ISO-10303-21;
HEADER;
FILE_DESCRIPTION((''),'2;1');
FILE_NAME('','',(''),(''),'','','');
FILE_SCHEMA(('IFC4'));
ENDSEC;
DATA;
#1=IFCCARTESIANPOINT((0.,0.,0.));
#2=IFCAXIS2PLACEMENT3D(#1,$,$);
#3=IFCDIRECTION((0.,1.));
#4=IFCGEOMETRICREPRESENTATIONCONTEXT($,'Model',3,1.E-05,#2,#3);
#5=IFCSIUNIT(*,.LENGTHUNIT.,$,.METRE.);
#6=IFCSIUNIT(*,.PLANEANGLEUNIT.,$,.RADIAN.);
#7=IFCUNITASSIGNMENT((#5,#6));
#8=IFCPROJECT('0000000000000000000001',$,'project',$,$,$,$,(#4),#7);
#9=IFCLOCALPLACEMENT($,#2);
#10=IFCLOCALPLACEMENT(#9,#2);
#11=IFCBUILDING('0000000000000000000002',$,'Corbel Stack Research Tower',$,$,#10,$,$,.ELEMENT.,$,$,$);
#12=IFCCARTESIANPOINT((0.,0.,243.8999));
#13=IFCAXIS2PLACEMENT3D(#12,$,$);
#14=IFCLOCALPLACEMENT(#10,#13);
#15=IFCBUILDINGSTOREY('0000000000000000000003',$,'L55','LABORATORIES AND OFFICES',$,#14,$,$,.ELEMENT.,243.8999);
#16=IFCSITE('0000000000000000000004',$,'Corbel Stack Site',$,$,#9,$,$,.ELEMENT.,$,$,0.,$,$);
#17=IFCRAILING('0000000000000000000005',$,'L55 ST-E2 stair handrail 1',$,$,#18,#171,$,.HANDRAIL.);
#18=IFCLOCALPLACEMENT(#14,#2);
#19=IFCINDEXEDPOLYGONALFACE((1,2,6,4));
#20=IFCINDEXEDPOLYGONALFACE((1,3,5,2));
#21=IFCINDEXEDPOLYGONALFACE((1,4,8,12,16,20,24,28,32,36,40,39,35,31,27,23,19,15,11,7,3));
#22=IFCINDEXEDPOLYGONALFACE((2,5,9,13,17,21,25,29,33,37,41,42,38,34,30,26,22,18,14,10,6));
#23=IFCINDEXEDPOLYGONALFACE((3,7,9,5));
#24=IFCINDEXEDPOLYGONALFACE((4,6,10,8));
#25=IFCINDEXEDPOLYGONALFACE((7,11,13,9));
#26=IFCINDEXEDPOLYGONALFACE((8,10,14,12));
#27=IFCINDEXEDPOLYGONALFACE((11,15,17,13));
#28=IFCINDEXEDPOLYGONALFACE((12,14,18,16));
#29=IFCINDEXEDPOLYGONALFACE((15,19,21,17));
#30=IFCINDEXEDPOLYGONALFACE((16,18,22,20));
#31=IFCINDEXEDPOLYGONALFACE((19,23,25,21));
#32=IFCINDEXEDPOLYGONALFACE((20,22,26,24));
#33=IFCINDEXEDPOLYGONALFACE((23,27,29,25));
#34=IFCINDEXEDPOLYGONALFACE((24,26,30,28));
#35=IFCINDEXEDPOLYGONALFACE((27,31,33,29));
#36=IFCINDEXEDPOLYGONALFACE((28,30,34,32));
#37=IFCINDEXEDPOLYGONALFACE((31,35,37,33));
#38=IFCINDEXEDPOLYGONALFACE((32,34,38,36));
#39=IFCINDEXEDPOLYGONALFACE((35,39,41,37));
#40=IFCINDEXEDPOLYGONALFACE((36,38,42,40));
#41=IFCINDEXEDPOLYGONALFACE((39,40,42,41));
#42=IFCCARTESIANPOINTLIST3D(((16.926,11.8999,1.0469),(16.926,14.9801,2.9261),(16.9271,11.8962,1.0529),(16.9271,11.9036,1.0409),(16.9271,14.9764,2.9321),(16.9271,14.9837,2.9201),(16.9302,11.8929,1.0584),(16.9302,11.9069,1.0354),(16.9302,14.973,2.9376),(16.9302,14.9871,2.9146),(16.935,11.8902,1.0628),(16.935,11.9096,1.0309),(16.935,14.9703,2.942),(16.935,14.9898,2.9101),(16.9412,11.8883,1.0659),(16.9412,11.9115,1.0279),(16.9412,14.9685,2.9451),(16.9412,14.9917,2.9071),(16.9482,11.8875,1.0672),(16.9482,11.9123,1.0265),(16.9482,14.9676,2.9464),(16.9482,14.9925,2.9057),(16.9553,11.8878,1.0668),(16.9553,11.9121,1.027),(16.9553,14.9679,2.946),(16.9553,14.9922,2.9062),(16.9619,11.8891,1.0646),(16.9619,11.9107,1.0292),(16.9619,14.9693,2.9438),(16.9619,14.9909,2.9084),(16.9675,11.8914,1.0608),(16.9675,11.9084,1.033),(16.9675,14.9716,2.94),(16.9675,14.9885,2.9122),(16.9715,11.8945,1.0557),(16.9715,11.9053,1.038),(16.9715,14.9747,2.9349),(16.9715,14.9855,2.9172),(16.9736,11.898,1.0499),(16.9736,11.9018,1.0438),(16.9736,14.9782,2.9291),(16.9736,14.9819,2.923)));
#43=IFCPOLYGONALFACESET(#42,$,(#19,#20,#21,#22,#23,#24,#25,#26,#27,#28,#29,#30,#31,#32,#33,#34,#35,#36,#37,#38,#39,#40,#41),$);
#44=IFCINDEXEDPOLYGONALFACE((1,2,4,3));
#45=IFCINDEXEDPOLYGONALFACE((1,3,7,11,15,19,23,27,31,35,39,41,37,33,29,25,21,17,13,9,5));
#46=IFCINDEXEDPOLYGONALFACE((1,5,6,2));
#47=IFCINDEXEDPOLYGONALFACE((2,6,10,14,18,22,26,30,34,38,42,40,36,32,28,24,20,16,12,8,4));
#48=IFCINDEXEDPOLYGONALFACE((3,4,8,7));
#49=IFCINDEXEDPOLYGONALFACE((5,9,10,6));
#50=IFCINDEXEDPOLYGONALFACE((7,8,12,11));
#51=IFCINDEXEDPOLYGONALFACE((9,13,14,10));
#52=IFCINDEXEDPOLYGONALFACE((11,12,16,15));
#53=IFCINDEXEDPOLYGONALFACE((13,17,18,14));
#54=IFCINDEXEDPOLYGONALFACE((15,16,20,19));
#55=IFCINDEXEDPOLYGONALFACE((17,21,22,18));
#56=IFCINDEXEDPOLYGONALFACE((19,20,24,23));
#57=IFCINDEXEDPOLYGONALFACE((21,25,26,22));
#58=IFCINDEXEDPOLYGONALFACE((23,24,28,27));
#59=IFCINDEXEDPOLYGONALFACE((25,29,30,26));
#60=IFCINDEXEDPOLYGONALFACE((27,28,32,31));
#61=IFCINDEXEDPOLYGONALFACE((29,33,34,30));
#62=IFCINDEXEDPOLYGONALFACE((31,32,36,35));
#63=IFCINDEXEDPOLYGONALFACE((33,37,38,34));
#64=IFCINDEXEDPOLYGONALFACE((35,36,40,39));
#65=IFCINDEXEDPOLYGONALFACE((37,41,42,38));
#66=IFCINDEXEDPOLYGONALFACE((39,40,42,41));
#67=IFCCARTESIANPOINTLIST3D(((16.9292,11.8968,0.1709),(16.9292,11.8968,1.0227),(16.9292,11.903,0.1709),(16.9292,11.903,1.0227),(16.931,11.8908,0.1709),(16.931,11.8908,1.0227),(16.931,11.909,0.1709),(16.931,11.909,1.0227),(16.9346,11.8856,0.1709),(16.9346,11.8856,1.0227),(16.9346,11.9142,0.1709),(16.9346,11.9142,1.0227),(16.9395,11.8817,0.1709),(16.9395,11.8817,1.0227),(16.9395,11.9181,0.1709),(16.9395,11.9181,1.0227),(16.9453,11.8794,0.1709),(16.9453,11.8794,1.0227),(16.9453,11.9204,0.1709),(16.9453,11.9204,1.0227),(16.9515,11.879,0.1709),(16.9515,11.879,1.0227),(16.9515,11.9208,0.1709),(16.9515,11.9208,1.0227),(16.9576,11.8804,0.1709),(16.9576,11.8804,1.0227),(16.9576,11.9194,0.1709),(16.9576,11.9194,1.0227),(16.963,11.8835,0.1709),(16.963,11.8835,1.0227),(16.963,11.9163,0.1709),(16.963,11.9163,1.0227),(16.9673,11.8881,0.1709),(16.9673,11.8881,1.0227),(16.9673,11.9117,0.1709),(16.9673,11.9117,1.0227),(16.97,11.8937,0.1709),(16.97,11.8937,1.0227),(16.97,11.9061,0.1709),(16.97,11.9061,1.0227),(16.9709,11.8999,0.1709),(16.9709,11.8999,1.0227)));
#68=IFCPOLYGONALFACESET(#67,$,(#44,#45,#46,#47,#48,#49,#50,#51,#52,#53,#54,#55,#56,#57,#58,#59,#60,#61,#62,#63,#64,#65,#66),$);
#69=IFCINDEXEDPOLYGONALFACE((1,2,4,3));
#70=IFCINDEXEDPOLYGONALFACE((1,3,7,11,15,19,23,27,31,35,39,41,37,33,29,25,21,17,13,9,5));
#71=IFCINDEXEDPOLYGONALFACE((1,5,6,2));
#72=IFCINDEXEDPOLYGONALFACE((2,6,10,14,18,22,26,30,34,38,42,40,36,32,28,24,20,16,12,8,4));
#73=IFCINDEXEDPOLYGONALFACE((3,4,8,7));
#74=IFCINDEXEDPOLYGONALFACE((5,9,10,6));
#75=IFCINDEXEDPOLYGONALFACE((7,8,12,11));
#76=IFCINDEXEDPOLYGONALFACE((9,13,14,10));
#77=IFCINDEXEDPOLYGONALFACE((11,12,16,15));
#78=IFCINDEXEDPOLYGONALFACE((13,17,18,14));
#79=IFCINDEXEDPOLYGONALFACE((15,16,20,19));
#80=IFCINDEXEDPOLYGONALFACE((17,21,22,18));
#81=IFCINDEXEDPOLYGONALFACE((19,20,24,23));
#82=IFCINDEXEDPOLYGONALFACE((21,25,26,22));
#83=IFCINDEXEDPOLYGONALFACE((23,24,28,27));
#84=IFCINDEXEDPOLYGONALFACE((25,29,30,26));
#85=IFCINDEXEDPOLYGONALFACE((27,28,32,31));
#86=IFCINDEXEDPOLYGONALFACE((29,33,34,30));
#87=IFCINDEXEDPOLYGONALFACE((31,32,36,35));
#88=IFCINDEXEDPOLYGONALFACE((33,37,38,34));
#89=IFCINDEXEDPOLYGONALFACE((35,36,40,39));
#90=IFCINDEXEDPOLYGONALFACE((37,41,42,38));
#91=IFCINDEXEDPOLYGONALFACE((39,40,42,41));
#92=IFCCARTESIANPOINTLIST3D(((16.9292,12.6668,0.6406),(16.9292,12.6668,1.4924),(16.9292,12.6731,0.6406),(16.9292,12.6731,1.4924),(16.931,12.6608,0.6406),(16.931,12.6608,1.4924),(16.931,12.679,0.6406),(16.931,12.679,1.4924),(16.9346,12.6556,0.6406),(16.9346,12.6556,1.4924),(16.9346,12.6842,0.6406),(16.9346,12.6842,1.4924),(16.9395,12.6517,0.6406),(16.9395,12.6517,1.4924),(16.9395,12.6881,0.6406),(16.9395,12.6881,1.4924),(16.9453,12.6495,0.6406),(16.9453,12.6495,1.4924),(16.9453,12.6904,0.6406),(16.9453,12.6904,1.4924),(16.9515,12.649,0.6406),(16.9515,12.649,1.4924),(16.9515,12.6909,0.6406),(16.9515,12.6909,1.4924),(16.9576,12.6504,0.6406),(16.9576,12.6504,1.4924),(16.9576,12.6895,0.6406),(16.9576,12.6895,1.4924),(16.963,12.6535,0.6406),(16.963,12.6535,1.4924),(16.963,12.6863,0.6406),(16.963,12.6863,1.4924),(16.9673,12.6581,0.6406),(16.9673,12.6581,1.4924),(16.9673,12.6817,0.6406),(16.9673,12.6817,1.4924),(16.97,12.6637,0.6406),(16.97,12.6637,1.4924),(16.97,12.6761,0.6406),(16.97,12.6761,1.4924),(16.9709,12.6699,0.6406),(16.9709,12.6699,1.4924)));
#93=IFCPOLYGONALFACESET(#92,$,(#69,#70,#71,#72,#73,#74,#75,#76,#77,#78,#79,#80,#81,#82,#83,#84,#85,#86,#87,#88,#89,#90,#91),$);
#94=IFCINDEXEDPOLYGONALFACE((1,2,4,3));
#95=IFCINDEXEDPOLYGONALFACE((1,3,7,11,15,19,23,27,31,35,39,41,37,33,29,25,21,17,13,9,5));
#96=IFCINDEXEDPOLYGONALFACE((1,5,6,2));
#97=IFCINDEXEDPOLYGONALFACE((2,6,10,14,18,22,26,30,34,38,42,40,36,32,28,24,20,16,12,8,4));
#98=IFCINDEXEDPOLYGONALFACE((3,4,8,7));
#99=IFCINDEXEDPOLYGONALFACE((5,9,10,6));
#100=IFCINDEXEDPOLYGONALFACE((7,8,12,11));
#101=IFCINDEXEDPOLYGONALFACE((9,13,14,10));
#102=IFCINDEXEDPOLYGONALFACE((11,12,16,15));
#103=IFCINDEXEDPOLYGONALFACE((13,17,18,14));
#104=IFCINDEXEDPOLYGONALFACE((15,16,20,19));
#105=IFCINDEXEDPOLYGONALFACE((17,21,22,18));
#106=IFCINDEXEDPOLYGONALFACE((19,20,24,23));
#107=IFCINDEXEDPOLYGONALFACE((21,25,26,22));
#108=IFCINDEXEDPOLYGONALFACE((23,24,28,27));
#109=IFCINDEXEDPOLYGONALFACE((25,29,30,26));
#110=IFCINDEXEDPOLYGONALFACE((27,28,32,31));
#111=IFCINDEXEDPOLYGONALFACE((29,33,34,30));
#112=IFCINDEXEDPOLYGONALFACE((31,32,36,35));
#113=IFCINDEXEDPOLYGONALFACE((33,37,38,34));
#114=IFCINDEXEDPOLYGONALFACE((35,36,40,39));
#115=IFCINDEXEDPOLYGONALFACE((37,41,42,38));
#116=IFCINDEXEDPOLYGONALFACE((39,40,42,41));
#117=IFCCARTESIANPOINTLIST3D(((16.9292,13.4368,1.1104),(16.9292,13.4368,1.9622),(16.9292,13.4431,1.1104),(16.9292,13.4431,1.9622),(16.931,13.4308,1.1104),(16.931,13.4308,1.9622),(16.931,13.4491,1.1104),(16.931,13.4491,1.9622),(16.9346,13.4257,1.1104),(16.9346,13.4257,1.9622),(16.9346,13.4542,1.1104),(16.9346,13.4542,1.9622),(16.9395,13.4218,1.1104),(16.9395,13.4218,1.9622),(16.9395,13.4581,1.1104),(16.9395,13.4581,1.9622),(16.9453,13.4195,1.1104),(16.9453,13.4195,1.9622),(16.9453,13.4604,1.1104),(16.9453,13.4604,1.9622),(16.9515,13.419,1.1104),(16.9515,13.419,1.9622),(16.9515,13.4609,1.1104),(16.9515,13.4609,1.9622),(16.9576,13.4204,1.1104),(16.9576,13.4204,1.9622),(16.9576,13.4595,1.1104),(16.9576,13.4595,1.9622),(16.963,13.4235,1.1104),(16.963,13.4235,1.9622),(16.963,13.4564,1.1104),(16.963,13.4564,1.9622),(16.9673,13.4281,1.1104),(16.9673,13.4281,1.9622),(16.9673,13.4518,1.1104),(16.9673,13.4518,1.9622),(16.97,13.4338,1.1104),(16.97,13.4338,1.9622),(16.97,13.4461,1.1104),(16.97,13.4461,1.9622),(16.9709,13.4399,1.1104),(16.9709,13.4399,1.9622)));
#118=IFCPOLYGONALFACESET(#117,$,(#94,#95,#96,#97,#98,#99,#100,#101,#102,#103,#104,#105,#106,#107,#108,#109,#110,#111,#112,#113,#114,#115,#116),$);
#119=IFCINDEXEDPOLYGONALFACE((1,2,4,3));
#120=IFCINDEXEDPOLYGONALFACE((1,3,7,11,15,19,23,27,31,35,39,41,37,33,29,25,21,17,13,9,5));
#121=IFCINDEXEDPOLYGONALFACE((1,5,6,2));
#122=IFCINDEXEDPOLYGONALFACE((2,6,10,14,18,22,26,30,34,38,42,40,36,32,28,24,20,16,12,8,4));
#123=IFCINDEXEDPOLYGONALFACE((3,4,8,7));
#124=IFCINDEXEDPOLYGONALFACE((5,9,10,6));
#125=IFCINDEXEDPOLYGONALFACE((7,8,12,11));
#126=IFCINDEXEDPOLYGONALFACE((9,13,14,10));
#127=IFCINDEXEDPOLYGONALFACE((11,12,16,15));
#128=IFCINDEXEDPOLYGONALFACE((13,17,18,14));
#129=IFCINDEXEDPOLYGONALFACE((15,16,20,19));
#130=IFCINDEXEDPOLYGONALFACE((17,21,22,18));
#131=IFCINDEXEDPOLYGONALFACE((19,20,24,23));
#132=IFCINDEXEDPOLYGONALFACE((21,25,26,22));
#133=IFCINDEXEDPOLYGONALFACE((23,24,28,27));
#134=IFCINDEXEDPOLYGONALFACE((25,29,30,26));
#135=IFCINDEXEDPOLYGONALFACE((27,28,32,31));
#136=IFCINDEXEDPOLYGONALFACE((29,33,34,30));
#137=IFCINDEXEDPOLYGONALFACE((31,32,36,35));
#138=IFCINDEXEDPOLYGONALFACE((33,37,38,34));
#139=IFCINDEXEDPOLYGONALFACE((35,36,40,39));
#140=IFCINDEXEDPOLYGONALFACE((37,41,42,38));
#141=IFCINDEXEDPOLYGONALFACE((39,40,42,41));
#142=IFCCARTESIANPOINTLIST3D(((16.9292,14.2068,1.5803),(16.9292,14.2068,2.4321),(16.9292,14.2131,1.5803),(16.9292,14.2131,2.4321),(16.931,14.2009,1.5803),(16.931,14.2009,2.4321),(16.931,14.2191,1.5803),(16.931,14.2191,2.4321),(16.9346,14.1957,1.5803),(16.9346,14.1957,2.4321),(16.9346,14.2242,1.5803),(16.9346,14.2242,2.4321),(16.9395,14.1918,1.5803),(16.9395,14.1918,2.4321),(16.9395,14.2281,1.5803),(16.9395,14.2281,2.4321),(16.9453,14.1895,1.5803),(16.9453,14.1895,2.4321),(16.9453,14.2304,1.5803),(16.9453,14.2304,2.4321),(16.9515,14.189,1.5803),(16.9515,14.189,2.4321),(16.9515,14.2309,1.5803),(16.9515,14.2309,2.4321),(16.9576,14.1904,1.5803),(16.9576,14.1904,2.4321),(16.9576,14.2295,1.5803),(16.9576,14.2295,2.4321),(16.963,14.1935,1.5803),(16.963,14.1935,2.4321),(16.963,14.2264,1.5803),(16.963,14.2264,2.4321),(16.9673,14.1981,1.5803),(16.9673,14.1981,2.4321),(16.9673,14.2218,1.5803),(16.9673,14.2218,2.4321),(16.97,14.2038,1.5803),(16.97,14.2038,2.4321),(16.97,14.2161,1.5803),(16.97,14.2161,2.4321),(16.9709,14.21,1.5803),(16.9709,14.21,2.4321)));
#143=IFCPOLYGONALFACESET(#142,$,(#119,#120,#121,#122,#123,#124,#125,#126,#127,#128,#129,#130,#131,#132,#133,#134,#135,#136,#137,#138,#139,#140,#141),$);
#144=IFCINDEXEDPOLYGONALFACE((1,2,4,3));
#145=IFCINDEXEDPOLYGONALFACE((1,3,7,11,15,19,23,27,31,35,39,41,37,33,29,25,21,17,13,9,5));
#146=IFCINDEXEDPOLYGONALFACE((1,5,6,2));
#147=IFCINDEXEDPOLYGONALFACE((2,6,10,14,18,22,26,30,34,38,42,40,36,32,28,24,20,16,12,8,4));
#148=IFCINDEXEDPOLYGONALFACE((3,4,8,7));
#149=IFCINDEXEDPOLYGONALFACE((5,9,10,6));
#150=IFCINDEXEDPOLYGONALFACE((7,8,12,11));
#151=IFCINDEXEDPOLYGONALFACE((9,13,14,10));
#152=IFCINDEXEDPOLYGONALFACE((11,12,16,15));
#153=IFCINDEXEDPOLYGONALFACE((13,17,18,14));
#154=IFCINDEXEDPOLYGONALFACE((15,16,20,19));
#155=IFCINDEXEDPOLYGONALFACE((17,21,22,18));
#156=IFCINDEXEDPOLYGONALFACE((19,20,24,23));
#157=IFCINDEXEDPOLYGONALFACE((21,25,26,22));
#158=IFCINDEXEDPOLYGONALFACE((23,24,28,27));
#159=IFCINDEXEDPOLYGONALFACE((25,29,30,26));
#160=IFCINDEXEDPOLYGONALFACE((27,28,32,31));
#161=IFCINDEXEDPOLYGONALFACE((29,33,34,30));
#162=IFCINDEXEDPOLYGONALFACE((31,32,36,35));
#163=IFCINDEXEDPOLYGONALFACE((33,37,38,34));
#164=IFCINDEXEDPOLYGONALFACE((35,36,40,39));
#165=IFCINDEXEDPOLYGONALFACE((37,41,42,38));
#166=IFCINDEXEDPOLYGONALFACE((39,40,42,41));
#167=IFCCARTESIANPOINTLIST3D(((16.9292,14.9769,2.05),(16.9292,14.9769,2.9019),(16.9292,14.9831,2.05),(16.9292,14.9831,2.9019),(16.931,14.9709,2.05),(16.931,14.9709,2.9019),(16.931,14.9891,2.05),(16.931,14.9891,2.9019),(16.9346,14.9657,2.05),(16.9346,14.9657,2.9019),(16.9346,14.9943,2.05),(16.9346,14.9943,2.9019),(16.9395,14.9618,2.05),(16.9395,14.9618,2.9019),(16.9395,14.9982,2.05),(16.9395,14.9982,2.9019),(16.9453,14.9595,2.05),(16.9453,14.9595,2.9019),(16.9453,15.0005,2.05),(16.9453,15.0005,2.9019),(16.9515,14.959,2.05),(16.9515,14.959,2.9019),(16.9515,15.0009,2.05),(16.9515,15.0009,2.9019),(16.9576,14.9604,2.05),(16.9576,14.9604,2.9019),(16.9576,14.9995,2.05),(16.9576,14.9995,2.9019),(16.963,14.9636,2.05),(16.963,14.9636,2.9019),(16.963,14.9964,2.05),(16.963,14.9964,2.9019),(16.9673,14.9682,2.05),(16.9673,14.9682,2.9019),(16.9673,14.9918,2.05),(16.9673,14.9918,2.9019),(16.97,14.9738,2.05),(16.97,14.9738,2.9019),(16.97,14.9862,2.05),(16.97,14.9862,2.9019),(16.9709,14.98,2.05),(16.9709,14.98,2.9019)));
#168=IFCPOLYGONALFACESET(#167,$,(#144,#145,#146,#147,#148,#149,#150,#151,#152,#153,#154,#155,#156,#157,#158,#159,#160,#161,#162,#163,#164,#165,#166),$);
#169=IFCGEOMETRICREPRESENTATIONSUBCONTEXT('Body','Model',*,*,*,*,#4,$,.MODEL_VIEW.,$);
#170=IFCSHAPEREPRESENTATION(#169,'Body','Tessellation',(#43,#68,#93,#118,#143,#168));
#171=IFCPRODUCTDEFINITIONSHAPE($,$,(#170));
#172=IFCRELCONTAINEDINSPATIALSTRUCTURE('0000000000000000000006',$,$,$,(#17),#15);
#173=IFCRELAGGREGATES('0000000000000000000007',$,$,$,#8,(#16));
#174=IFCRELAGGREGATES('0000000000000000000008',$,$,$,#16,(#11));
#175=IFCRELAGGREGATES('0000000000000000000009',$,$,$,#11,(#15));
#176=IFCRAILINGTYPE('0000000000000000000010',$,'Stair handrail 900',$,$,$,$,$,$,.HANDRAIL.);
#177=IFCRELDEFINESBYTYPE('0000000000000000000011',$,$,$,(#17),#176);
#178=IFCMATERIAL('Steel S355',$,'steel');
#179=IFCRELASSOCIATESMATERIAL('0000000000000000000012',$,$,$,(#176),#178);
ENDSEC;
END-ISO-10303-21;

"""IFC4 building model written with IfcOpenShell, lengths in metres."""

from ifc_helpers import new_model, si_unit, direction, frame, origin, origin_2d, place, context, subcontext, project, spatial, circle, extrude, material, type_object, element, save


model = new_model("IFC4")

# Units and contexts
model_context = context("Model", 3, precision=1e-05, world=origin(), true_north=direction((0.0, 1.0)))
body_context = subcontext(model_context, "Body", "Model", "MODEL_VIEW")
ifc_project = project(units=[si_unit("LENGTHUNIT", "METRE"), si_unit("PLANEANGLEUNIT", "RADIAN")], contexts=[model_context])

# Site, building, storey
site_placement = place(None, origin())
site = spatial("IfcSite", under=ifc_project, at=site_placement, Name="Corbel Stack Site", CompositionType="ELEMENT", RefElevation=0.0)
building_placement = place(site_placement, origin())
building = spatial("IfcBuilding", under=site, at=building_placement, Name="Corbel Stack Research Tower", CompositionType="ELEMENT")
storey_placement = place(building_placement, frame((0.0, 0.0, 243.8999)))
storey = spatial("IfcBuildingStorey", under=building, at=storey_placement, Name="L55", Description="LABORATORIES AND OFFICES", CompositionType="ELEMENT", Elevation=243.8999)

# Railing
ifc_material_1 = material(Name="Steel S355", Category="steel")
railing_type_1 = type_object("IfcRailingType", Name="Stair handrail 900", PredefinedType="HANDRAIL", material=ifc_material_1)
railing_1_placement = place(storey_placement, frame((16.95, 11.8999, 0.1709)))
element("IfcRailing", 1, at=railing_1_placement, inside=storey, type_object=railing_type_1, Name="L55 ST-E2 stair handrail 1", PredefinedType="HANDRAIL", context=body_context, shape_type="SweptSolid", body=[
    extrude(circle(Radius=0.0239, at=origin_2d()), frame((0.0, 0.0, 0.876), z_axis=(0.0, 0.853666, 0.52082), x_axis=(-1.0, 0.0, 0.0)), (0.0, 0.0, 1.0), 3.6082),
    extrude(circle(Radius=0.021, at=origin_2d()), origin(), (0.0, 0.0, 1.0), 0.8518),
    extrude(circle(Radius=0.021, at=origin_2d()), frame((0.0, 0.77, 0.4697)), (0.0, 0.0, 1.0), 0.8518),
    extrude(circle(Radius=0.021, at=origin_2d()), frame((0.0, 1.54, 0.9395)), (0.0, 0.0, 1.0), 0.8518),
    extrude(circle(Radius=0.021, at=origin_2d()), frame((0.0, 2.3101, 1.4094)), (0.0, 0.0, 1.0), 0.8518),
    extrude(circle(Radius=0.021, at=origin_2d()), frame((0.0, 3.0801, 1.8792)), (0.0, 0.0, 1.0), 0.8518),
])

save(model, "model.ifc")
